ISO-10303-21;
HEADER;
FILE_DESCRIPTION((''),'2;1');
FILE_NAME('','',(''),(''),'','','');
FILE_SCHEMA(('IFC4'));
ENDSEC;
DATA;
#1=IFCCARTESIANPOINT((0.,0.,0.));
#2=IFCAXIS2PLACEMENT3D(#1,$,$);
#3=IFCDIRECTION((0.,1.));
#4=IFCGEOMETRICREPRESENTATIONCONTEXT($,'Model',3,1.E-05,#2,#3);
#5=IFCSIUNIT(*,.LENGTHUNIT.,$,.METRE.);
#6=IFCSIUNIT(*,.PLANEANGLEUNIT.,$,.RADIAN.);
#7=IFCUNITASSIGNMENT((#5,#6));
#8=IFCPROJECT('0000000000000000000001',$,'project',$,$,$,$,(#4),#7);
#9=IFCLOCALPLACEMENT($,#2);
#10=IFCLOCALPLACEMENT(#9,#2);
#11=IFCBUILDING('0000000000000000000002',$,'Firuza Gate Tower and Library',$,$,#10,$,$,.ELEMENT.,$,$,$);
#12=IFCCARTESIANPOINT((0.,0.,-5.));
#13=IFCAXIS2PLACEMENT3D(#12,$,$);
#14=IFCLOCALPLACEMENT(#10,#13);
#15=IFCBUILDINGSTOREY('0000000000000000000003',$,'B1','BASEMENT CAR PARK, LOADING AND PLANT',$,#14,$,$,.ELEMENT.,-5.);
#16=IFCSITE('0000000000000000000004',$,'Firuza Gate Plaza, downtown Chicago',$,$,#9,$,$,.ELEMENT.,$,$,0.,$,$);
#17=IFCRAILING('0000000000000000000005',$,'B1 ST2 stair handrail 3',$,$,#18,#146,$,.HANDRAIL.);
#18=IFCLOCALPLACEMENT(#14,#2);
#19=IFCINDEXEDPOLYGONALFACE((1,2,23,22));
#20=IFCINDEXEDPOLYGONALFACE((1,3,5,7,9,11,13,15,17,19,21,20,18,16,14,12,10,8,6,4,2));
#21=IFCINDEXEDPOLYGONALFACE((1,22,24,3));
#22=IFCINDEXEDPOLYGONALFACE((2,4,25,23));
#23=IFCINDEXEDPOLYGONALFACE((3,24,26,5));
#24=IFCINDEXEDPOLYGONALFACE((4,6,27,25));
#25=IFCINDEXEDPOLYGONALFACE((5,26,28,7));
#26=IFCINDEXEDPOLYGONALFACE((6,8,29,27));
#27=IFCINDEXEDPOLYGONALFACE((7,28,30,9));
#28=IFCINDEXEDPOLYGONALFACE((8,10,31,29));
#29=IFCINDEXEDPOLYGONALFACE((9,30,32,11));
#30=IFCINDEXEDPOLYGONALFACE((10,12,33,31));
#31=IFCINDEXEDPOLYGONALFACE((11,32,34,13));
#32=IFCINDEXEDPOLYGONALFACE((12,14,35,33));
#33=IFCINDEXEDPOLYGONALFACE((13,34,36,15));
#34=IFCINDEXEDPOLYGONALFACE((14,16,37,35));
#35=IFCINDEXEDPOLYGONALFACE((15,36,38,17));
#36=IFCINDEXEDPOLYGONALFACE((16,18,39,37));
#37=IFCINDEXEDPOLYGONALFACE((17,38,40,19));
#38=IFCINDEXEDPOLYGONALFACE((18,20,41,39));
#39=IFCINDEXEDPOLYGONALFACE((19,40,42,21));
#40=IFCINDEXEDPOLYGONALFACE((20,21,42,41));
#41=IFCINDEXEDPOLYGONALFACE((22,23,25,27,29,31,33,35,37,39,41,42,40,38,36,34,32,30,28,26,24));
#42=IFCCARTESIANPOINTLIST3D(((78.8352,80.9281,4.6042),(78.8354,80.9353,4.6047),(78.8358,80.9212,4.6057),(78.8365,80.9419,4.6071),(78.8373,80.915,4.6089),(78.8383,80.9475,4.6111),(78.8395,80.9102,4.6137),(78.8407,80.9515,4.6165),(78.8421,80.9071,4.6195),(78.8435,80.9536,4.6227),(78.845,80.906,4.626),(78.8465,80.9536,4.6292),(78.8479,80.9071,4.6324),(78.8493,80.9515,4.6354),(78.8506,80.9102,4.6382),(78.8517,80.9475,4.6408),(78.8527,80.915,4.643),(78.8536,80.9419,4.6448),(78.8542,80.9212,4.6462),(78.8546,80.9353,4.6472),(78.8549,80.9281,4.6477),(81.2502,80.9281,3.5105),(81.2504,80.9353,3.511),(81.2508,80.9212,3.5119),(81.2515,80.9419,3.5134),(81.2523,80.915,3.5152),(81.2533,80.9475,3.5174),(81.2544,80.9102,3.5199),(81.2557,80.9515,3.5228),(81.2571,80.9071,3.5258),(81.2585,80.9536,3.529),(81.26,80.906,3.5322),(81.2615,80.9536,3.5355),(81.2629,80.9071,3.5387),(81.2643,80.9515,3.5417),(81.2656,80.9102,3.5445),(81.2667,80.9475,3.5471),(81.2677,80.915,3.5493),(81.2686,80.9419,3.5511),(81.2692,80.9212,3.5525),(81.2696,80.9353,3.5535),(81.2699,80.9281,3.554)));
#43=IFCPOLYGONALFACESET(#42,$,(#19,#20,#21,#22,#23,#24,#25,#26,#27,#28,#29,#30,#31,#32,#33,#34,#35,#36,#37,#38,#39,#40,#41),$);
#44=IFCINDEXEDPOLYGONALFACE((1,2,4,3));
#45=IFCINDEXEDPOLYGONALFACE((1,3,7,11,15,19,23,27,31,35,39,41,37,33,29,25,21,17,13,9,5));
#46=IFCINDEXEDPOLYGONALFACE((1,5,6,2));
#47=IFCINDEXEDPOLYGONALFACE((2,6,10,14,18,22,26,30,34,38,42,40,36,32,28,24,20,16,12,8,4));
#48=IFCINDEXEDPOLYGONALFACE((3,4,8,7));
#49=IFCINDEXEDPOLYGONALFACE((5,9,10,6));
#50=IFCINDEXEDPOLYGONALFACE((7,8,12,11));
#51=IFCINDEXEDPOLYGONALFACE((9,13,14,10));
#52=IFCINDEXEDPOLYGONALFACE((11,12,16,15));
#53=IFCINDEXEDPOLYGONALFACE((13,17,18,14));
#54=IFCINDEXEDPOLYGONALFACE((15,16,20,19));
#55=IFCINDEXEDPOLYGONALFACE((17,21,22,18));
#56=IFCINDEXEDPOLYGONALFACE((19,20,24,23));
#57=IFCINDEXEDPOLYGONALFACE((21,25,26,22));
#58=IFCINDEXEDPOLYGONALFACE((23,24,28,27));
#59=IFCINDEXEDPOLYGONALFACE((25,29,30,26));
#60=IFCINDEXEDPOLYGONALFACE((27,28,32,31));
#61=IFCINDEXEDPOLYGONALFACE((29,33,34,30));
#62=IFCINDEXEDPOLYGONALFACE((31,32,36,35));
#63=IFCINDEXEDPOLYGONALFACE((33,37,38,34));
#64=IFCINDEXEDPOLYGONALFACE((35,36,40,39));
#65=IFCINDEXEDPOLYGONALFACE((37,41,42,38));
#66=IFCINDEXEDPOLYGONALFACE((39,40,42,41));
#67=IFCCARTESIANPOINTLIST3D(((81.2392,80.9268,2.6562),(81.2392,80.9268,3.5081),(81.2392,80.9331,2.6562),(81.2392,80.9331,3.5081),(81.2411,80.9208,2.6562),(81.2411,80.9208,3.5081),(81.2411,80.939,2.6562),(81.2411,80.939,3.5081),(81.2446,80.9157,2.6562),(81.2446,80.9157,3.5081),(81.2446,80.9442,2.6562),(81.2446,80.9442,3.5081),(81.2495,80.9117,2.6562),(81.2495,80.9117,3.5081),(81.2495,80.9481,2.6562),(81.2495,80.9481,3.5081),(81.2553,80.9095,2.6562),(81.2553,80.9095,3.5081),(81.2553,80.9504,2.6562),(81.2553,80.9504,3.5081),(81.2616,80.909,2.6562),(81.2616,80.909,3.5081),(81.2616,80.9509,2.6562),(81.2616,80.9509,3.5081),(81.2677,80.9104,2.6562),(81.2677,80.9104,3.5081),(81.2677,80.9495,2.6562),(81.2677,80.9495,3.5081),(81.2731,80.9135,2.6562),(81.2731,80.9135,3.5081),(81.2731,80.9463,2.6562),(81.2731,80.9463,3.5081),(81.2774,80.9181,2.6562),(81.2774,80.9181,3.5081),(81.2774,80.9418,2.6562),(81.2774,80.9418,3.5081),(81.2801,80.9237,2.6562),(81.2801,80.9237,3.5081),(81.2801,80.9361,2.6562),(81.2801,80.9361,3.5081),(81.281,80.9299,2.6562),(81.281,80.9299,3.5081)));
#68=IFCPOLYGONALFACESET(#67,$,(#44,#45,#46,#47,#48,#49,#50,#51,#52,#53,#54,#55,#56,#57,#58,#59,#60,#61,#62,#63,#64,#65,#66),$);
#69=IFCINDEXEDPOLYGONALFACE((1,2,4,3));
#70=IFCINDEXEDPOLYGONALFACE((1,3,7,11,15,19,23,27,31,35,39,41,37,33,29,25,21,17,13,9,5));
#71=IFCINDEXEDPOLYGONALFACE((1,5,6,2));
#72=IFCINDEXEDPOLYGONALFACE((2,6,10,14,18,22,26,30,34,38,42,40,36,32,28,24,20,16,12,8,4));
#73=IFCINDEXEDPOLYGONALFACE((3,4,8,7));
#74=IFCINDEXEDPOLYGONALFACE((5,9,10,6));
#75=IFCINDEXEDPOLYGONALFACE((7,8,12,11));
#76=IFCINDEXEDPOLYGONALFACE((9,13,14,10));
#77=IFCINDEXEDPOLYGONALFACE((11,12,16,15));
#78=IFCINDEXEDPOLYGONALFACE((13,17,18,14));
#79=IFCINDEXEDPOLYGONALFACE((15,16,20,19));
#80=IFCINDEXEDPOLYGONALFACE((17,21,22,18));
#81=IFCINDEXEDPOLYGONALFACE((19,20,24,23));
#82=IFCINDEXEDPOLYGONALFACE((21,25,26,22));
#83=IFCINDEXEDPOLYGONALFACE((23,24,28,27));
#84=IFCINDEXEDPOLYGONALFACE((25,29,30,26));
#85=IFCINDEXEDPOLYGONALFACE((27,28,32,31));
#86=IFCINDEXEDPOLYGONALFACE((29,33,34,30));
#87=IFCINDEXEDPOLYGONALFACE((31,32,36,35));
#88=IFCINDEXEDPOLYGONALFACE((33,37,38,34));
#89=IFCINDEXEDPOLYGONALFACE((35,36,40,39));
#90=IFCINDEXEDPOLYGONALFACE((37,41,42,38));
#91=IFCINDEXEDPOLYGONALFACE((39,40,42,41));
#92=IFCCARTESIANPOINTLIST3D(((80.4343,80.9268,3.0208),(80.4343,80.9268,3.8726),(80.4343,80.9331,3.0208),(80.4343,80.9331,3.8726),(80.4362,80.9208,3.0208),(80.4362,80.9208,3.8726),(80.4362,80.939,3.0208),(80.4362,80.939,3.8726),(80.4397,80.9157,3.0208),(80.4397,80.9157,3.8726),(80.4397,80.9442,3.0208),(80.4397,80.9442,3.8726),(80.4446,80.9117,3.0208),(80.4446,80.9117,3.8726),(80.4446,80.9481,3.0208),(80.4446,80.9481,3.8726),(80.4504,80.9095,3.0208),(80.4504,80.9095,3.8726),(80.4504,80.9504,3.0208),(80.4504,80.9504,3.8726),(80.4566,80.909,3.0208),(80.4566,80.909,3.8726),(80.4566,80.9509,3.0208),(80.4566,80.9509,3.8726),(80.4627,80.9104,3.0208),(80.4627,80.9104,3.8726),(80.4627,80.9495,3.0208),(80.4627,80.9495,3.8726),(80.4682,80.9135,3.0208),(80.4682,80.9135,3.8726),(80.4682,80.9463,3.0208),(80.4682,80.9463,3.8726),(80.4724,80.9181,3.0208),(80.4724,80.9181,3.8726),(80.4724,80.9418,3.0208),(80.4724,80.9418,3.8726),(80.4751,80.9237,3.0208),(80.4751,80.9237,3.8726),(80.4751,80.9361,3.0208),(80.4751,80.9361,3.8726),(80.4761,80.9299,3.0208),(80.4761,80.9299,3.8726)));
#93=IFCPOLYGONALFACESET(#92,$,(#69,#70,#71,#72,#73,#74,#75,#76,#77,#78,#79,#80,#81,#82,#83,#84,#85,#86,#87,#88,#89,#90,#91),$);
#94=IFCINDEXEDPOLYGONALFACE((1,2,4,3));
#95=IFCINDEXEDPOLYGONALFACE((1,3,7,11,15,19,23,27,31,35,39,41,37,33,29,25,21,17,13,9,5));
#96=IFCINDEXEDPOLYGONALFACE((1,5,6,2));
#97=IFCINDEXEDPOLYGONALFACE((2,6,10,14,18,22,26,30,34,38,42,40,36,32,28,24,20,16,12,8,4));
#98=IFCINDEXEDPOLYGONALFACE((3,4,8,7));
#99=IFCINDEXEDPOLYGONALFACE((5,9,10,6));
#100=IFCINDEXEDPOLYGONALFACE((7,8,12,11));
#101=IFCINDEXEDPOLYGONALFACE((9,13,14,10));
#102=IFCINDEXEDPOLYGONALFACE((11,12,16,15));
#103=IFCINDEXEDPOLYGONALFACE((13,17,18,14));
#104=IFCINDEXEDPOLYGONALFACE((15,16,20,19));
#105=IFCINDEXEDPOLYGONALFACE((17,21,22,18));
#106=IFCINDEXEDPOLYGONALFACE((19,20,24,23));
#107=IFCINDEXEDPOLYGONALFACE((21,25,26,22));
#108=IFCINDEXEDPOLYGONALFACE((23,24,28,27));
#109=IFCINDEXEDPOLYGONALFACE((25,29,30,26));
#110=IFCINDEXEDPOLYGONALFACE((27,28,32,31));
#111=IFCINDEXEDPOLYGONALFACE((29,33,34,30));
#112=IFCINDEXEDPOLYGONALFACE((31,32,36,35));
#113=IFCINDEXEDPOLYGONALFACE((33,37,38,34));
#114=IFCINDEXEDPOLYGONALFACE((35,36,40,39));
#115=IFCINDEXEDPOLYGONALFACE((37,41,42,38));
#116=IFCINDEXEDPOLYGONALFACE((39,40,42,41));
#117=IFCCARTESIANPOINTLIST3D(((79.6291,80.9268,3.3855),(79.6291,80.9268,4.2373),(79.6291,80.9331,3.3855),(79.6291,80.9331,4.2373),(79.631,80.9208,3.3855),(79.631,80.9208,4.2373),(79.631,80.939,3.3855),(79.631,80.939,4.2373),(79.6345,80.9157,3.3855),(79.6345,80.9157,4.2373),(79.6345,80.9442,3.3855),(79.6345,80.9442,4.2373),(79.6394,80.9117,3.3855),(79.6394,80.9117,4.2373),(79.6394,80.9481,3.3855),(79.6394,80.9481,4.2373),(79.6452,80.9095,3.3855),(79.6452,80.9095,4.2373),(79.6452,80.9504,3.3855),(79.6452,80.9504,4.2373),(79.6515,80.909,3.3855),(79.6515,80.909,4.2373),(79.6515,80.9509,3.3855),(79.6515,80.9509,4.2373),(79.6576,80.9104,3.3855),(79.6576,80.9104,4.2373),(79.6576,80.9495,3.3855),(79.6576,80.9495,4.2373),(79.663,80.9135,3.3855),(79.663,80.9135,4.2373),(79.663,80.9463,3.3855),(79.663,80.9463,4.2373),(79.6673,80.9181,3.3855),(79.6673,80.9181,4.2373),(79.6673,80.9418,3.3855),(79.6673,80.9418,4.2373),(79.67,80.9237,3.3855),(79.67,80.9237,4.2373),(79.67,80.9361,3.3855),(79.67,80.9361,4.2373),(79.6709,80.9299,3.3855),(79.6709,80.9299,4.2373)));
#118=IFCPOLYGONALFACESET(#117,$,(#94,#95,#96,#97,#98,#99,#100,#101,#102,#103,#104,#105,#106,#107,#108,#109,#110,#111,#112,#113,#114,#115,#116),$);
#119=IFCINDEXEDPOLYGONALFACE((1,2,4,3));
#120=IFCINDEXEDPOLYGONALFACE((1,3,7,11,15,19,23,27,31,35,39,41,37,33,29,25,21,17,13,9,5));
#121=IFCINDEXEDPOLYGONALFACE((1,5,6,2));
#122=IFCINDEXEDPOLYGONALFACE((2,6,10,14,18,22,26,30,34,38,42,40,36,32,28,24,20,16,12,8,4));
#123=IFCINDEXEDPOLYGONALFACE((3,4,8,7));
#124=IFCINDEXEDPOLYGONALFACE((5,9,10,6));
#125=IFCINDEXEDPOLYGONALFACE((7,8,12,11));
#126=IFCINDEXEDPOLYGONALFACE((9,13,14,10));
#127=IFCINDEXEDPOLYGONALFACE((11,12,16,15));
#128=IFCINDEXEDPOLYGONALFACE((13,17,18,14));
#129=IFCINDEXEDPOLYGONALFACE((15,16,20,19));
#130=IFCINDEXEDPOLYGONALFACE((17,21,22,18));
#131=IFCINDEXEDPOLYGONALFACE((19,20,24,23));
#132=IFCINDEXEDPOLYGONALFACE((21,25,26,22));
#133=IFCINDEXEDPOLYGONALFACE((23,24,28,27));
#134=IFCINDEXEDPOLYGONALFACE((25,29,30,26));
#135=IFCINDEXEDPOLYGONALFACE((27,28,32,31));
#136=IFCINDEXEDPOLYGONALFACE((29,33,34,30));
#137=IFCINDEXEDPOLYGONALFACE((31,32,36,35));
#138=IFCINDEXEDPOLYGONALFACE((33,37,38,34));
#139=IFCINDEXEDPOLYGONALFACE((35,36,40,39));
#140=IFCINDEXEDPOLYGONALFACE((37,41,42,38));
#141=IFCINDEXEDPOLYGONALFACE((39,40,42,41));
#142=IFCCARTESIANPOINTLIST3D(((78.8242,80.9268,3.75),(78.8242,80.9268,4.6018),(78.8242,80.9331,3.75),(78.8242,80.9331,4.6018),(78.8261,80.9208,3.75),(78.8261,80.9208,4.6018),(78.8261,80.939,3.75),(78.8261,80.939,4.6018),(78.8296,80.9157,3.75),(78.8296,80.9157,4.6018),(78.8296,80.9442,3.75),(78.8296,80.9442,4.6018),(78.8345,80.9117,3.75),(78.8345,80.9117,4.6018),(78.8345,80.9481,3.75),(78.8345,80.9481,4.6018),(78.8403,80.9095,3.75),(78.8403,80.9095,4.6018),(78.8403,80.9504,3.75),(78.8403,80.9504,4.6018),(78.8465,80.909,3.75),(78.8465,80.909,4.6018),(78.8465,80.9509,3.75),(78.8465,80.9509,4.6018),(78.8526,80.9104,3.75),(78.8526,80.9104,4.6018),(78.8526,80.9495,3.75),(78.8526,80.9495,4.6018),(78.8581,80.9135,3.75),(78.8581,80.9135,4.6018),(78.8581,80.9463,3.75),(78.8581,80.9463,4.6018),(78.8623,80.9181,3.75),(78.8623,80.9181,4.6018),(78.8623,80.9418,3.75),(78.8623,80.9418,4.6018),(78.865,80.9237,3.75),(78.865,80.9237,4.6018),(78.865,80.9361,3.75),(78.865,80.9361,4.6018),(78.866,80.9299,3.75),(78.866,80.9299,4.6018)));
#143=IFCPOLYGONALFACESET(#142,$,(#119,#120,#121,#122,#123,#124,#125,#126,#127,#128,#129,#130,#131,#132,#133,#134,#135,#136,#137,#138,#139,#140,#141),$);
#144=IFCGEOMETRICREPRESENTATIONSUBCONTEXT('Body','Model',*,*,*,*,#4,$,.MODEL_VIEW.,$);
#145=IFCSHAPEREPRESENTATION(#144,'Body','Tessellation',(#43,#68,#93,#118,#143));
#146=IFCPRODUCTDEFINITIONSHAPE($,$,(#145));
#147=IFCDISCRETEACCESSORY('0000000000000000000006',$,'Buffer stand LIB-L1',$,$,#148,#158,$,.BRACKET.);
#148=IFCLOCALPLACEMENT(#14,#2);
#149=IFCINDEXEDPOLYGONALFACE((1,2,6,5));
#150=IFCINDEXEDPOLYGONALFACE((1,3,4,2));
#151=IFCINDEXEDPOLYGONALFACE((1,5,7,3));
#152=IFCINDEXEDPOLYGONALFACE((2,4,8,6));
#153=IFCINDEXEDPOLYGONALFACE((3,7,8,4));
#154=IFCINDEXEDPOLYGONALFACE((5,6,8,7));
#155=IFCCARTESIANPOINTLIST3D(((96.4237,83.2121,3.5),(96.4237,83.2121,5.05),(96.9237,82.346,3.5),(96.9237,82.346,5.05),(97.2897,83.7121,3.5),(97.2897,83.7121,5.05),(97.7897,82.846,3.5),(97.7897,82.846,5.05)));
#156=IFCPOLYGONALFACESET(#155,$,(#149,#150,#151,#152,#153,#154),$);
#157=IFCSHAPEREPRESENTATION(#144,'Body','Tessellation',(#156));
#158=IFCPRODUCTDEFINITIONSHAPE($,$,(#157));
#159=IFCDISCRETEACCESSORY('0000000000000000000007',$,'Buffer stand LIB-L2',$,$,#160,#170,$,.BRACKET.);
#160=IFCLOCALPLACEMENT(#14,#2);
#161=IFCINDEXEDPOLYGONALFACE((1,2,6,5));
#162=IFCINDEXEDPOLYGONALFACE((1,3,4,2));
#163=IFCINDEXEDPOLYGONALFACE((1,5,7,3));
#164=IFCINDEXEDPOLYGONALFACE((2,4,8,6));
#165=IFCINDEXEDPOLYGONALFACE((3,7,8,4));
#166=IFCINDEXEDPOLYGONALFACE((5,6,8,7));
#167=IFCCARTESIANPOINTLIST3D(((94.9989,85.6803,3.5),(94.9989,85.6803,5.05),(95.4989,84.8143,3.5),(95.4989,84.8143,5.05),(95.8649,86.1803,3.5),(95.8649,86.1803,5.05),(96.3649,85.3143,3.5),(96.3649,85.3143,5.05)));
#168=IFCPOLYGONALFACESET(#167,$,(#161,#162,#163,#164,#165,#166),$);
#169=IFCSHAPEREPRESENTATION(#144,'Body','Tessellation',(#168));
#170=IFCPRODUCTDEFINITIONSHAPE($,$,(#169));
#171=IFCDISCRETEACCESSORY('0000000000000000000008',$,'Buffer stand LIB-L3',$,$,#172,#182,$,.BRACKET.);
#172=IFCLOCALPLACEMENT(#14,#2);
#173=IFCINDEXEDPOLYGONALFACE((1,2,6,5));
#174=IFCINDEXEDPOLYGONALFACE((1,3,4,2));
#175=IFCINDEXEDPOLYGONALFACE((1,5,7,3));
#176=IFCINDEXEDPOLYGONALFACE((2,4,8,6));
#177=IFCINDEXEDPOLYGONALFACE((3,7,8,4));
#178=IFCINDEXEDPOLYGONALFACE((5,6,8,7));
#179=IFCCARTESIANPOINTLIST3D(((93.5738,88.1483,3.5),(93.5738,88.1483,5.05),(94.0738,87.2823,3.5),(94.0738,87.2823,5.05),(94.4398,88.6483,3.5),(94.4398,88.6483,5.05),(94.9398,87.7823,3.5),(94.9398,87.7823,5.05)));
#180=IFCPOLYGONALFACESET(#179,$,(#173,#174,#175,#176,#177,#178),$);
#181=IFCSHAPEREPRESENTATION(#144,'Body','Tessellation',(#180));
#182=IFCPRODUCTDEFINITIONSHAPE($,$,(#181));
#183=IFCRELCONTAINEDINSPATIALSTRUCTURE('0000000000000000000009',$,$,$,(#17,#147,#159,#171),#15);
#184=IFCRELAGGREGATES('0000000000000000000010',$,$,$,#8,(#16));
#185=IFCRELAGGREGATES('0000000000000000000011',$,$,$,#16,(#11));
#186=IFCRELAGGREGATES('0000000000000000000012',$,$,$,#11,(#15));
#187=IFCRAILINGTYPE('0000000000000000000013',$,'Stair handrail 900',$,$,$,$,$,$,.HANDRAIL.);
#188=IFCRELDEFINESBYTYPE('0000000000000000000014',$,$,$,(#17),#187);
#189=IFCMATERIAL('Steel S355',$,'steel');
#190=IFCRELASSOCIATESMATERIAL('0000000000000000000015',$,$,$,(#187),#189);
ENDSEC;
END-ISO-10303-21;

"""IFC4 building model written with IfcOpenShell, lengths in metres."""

from ifc_helpers import new_model, si_unit, direction, frame, origin, origin_2d, place, context, subcontext, project, spatial, rectangle, circle, extrude, material, type_object, element, save


model = new_model("IFC4")

# Units and contexts
model_context = context("Model", 3, precision=1e-05, world=origin(), true_north=direction((0.0, 1.0)))
body_context = subcontext(model_context, "Body", "Model", "MODEL_VIEW")
ifc_project = project(units=[si_unit("LENGTHUNIT", "METRE"), si_unit("PLANEANGLEUNIT", "RADIAN")], contexts=[model_context])

# Site, building, storey
site_placement = place(None, origin())
site = spatial("IfcSite", under=ifc_project, at=site_placement, Name="Firuza Gate Plaza, downtown Chicago", CompositionType="ELEMENT", RefElevation=0.0)
building_placement = place(site_placement, origin())
building = spatial("IfcBuilding", under=site, at=building_placement, Name="Firuza Gate Tower and Library", CompositionType="ELEMENT")
storey_placement = place(building_placement, frame((0.0, 0.0, -5.0)))
storey = spatial("IfcBuildingStorey", under=building, at=storey_placement, Name="B1", Description="BASEMENT CAR PARK, LOADING AND PLANT", CompositionType="ELEMENT", Elevation=-5.0)

# Railing
ifc_material_1 = material(Name="Steel S355", Category="steel")
railing_type = type_object("IfcRailingType", Name="Stair handrail 900", PredefinedType="HANDRAIL", material=ifc_material_1)
railing_placement = place(storey_placement, frame((81.26, 80.9299, 2.6562)))
element("IfcRailing", 1, at=railing_placement, inside=storey, type_object=railing_type, Name="B1 ST2 stair handrail 3", PredefinedType="HANDRAIL", context=body_context, shape_type="SweptSolid", body=[
    extrude(circle(Radius=0.0239, at=origin_2d()), frame((0.0, 0.0, 0.876), z_axis=(-0.910933, 0.0, 0.412554), x_axis=(0.0, -1.0, 0.0)), (0.0, 0.0, 1.0), 2.6511),
    extrude(circle(Radius=0.021, at=origin_2d()), origin(), (0.0, 0.0, 1.0), 0.8518),
    extrude(circle(Radius=0.021, at=origin_2d()), frame((-0.8049, 0.0, 0.3645)), (0.0, 0.0, 1.0), 0.8518),
    extrude(circle(Radius=0.021, at=origin_2d()), frame((-1.6101, 0.0, 0.7292)), (0.0, 0.0, 1.0), 0.8518),
    extrude(circle(Radius=0.021, at=origin_2d()), frame((-2.415, 0.0, 1.0938)), (0.0, 0.0, 1.0), 0.8518),
])

# Discrete accessories
for number, where, z_axis, x_axis, name in (
    (2, (97.1067, 83.0291, 3.5), (0.0, 0.0, 1.0), (-0.5, 0.866025, 0.0), "Buffer stand LIB-L1"),
    (3, (95.6819, 85.4973, 3.5), (0.0, 0.0, 1.0), (-0.5, 0.866025, 0.0), "Buffer stand LIB-L2"),
    (4, (94.2568, 87.9653, 3.5), (0.0, 0.0, 1.0), (-0.5, 0.866025, 0.0), "Buffer stand LIB-L3"),
):
    element("IfcDiscreteAccessory", number, at=place(storey_placement, frame(where, z_axis=z_axis, x_axis=x_axis)), inside=storey, Name=name, PredefinedType="BRACKET", context=body_context, shape_type="SweptSolid", body=[
        extrude(rectangle(XDim=1.0, YDim=1.0, at=origin_2d()), origin(), (0.0, 0.0, 1.0), 1.55),
    ])

save(model, "model.ifc")
